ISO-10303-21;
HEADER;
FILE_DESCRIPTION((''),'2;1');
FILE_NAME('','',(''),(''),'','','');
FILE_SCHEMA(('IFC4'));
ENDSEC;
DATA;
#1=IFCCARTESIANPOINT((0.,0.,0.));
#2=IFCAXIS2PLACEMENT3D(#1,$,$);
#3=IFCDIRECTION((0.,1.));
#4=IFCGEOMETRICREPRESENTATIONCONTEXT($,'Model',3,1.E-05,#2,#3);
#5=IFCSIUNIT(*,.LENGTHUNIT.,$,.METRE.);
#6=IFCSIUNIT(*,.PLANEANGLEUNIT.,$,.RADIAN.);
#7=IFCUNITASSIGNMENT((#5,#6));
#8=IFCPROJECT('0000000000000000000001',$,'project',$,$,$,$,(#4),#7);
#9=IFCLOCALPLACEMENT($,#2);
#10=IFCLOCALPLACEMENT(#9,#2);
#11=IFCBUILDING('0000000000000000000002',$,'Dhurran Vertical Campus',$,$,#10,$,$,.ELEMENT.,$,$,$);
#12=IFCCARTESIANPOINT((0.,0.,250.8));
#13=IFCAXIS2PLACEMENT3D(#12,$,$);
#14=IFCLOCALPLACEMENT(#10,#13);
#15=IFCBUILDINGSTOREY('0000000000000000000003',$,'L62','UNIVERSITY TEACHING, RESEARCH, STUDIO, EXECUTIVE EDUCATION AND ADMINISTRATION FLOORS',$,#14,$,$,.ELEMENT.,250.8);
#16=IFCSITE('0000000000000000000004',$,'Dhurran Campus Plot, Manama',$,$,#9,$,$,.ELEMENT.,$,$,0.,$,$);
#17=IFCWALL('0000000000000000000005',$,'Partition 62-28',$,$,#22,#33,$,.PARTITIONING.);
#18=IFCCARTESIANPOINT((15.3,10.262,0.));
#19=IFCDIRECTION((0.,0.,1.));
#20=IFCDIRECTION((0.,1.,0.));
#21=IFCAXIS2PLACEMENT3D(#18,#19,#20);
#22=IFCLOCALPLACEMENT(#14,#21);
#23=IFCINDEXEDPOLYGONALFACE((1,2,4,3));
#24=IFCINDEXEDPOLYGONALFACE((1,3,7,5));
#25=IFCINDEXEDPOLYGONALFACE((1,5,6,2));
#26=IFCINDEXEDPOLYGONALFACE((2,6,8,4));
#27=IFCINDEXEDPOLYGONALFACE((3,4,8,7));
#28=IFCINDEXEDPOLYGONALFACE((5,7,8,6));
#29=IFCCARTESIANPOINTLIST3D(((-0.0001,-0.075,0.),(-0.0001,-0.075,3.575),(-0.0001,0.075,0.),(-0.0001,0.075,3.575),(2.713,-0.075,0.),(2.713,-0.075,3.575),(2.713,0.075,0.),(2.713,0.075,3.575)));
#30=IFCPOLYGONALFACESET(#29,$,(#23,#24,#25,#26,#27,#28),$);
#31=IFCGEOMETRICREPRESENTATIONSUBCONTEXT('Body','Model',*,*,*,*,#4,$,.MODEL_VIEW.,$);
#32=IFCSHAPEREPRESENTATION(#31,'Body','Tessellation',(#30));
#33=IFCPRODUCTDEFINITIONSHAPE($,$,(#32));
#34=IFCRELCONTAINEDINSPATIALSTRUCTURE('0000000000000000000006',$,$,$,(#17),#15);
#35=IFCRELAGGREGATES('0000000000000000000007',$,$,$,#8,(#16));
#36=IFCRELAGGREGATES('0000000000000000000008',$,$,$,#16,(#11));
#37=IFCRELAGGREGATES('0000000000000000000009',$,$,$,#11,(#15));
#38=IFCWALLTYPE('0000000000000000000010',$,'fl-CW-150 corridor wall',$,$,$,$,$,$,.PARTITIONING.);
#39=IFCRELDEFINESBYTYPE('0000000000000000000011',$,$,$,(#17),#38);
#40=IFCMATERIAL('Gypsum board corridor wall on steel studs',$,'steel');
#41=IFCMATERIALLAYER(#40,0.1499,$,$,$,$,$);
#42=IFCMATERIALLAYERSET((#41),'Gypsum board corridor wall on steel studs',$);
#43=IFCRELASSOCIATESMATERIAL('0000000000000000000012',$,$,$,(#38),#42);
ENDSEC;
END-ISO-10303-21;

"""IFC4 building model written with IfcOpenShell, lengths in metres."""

from ifc_helpers import new_model, si_unit, direction, frame, frame_2d, origin, place, context, subcontext, project, spatial, rectangle, extrude, material, layer, layer_set, type_object, element, save


model = new_model("IFC4")

# Units and contexts
model_context = context("Model", 3, precision=1e-05, world=origin(), true_north=direction((0.0, 1.0)))
body_context = subcontext(model_context, "Body", "Model", "MODEL_VIEW")
ifc_project = project(units=[si_unit("LENGTHUNIT", "METRE"), si_unit("PLANEANGLEUNIT", "RADIAN")], contexts=[model_context])

# Site, building, storey
site_placement = place(None, origin())
site = spatial("IfcSite", under=ifc_project, at=site_placement, Name="Dhurran Campus Plot, Manama", CompositionType="ELEMENT", RefElevation=0.0)
building_placement = place(site_placement, origin())
building = spatial("IfcBuilding", under=site, at=building_placement, Name="Dhurran Vertical Campus", CompositionType="ELEMENT")
storey_placement = place(building_placement, frame((0.0, 0.0, 250.8)))
storey = spatial("IfcBuildingStorey", under=building, at=storey_placement, Name="L62", Description="UNIVERSITY TEACHING, RESEARCH, STUDIO, EXECUTIVE EDUCATION AND ADMINISTRATION FLOORS", CompositionType="ELEMENT", Elevation=250.8)

# Shared definitions
ifc_material_1 = material(Name="Gypsum board corridor wall on steel studs", Category="steel")
ifc_layer_1 = layer(ifc_material_1, 0.1499)
ifc_layer_set_1 = layer_set([ifc_layer_1], Name="Gypsum board corridor wall on steel studs")
wall_type_1 = type_object("IfcWallType", Name="fl-CW-150 corridor wall", PredefinedType="PARTITIONING", material=ifc_layer_set_1)

# Wall
wall_1_placement = place(storey_placement, frame((15.3, 10.262, 0.0), z_axis=(0.0, 0.0, 1.0), x_axis=(0.0, 1.0, 0.0)))
element("IfcWall", 1, at=wall_1_placement, inside=storey, type_object=wall_type_1, Name="Partition 62-28", PredefinedType="PARTITIONING", context=body_context, shape_type="SweptSolid", body=[
    extrude(rectangle(XDim=2.7131, YDim=0.1499, at=frame_2d((1.3564, 0.0))), origin(), (0.0, 0.0, 1.0), 3.575),
])

save(model, "model.ifc")
